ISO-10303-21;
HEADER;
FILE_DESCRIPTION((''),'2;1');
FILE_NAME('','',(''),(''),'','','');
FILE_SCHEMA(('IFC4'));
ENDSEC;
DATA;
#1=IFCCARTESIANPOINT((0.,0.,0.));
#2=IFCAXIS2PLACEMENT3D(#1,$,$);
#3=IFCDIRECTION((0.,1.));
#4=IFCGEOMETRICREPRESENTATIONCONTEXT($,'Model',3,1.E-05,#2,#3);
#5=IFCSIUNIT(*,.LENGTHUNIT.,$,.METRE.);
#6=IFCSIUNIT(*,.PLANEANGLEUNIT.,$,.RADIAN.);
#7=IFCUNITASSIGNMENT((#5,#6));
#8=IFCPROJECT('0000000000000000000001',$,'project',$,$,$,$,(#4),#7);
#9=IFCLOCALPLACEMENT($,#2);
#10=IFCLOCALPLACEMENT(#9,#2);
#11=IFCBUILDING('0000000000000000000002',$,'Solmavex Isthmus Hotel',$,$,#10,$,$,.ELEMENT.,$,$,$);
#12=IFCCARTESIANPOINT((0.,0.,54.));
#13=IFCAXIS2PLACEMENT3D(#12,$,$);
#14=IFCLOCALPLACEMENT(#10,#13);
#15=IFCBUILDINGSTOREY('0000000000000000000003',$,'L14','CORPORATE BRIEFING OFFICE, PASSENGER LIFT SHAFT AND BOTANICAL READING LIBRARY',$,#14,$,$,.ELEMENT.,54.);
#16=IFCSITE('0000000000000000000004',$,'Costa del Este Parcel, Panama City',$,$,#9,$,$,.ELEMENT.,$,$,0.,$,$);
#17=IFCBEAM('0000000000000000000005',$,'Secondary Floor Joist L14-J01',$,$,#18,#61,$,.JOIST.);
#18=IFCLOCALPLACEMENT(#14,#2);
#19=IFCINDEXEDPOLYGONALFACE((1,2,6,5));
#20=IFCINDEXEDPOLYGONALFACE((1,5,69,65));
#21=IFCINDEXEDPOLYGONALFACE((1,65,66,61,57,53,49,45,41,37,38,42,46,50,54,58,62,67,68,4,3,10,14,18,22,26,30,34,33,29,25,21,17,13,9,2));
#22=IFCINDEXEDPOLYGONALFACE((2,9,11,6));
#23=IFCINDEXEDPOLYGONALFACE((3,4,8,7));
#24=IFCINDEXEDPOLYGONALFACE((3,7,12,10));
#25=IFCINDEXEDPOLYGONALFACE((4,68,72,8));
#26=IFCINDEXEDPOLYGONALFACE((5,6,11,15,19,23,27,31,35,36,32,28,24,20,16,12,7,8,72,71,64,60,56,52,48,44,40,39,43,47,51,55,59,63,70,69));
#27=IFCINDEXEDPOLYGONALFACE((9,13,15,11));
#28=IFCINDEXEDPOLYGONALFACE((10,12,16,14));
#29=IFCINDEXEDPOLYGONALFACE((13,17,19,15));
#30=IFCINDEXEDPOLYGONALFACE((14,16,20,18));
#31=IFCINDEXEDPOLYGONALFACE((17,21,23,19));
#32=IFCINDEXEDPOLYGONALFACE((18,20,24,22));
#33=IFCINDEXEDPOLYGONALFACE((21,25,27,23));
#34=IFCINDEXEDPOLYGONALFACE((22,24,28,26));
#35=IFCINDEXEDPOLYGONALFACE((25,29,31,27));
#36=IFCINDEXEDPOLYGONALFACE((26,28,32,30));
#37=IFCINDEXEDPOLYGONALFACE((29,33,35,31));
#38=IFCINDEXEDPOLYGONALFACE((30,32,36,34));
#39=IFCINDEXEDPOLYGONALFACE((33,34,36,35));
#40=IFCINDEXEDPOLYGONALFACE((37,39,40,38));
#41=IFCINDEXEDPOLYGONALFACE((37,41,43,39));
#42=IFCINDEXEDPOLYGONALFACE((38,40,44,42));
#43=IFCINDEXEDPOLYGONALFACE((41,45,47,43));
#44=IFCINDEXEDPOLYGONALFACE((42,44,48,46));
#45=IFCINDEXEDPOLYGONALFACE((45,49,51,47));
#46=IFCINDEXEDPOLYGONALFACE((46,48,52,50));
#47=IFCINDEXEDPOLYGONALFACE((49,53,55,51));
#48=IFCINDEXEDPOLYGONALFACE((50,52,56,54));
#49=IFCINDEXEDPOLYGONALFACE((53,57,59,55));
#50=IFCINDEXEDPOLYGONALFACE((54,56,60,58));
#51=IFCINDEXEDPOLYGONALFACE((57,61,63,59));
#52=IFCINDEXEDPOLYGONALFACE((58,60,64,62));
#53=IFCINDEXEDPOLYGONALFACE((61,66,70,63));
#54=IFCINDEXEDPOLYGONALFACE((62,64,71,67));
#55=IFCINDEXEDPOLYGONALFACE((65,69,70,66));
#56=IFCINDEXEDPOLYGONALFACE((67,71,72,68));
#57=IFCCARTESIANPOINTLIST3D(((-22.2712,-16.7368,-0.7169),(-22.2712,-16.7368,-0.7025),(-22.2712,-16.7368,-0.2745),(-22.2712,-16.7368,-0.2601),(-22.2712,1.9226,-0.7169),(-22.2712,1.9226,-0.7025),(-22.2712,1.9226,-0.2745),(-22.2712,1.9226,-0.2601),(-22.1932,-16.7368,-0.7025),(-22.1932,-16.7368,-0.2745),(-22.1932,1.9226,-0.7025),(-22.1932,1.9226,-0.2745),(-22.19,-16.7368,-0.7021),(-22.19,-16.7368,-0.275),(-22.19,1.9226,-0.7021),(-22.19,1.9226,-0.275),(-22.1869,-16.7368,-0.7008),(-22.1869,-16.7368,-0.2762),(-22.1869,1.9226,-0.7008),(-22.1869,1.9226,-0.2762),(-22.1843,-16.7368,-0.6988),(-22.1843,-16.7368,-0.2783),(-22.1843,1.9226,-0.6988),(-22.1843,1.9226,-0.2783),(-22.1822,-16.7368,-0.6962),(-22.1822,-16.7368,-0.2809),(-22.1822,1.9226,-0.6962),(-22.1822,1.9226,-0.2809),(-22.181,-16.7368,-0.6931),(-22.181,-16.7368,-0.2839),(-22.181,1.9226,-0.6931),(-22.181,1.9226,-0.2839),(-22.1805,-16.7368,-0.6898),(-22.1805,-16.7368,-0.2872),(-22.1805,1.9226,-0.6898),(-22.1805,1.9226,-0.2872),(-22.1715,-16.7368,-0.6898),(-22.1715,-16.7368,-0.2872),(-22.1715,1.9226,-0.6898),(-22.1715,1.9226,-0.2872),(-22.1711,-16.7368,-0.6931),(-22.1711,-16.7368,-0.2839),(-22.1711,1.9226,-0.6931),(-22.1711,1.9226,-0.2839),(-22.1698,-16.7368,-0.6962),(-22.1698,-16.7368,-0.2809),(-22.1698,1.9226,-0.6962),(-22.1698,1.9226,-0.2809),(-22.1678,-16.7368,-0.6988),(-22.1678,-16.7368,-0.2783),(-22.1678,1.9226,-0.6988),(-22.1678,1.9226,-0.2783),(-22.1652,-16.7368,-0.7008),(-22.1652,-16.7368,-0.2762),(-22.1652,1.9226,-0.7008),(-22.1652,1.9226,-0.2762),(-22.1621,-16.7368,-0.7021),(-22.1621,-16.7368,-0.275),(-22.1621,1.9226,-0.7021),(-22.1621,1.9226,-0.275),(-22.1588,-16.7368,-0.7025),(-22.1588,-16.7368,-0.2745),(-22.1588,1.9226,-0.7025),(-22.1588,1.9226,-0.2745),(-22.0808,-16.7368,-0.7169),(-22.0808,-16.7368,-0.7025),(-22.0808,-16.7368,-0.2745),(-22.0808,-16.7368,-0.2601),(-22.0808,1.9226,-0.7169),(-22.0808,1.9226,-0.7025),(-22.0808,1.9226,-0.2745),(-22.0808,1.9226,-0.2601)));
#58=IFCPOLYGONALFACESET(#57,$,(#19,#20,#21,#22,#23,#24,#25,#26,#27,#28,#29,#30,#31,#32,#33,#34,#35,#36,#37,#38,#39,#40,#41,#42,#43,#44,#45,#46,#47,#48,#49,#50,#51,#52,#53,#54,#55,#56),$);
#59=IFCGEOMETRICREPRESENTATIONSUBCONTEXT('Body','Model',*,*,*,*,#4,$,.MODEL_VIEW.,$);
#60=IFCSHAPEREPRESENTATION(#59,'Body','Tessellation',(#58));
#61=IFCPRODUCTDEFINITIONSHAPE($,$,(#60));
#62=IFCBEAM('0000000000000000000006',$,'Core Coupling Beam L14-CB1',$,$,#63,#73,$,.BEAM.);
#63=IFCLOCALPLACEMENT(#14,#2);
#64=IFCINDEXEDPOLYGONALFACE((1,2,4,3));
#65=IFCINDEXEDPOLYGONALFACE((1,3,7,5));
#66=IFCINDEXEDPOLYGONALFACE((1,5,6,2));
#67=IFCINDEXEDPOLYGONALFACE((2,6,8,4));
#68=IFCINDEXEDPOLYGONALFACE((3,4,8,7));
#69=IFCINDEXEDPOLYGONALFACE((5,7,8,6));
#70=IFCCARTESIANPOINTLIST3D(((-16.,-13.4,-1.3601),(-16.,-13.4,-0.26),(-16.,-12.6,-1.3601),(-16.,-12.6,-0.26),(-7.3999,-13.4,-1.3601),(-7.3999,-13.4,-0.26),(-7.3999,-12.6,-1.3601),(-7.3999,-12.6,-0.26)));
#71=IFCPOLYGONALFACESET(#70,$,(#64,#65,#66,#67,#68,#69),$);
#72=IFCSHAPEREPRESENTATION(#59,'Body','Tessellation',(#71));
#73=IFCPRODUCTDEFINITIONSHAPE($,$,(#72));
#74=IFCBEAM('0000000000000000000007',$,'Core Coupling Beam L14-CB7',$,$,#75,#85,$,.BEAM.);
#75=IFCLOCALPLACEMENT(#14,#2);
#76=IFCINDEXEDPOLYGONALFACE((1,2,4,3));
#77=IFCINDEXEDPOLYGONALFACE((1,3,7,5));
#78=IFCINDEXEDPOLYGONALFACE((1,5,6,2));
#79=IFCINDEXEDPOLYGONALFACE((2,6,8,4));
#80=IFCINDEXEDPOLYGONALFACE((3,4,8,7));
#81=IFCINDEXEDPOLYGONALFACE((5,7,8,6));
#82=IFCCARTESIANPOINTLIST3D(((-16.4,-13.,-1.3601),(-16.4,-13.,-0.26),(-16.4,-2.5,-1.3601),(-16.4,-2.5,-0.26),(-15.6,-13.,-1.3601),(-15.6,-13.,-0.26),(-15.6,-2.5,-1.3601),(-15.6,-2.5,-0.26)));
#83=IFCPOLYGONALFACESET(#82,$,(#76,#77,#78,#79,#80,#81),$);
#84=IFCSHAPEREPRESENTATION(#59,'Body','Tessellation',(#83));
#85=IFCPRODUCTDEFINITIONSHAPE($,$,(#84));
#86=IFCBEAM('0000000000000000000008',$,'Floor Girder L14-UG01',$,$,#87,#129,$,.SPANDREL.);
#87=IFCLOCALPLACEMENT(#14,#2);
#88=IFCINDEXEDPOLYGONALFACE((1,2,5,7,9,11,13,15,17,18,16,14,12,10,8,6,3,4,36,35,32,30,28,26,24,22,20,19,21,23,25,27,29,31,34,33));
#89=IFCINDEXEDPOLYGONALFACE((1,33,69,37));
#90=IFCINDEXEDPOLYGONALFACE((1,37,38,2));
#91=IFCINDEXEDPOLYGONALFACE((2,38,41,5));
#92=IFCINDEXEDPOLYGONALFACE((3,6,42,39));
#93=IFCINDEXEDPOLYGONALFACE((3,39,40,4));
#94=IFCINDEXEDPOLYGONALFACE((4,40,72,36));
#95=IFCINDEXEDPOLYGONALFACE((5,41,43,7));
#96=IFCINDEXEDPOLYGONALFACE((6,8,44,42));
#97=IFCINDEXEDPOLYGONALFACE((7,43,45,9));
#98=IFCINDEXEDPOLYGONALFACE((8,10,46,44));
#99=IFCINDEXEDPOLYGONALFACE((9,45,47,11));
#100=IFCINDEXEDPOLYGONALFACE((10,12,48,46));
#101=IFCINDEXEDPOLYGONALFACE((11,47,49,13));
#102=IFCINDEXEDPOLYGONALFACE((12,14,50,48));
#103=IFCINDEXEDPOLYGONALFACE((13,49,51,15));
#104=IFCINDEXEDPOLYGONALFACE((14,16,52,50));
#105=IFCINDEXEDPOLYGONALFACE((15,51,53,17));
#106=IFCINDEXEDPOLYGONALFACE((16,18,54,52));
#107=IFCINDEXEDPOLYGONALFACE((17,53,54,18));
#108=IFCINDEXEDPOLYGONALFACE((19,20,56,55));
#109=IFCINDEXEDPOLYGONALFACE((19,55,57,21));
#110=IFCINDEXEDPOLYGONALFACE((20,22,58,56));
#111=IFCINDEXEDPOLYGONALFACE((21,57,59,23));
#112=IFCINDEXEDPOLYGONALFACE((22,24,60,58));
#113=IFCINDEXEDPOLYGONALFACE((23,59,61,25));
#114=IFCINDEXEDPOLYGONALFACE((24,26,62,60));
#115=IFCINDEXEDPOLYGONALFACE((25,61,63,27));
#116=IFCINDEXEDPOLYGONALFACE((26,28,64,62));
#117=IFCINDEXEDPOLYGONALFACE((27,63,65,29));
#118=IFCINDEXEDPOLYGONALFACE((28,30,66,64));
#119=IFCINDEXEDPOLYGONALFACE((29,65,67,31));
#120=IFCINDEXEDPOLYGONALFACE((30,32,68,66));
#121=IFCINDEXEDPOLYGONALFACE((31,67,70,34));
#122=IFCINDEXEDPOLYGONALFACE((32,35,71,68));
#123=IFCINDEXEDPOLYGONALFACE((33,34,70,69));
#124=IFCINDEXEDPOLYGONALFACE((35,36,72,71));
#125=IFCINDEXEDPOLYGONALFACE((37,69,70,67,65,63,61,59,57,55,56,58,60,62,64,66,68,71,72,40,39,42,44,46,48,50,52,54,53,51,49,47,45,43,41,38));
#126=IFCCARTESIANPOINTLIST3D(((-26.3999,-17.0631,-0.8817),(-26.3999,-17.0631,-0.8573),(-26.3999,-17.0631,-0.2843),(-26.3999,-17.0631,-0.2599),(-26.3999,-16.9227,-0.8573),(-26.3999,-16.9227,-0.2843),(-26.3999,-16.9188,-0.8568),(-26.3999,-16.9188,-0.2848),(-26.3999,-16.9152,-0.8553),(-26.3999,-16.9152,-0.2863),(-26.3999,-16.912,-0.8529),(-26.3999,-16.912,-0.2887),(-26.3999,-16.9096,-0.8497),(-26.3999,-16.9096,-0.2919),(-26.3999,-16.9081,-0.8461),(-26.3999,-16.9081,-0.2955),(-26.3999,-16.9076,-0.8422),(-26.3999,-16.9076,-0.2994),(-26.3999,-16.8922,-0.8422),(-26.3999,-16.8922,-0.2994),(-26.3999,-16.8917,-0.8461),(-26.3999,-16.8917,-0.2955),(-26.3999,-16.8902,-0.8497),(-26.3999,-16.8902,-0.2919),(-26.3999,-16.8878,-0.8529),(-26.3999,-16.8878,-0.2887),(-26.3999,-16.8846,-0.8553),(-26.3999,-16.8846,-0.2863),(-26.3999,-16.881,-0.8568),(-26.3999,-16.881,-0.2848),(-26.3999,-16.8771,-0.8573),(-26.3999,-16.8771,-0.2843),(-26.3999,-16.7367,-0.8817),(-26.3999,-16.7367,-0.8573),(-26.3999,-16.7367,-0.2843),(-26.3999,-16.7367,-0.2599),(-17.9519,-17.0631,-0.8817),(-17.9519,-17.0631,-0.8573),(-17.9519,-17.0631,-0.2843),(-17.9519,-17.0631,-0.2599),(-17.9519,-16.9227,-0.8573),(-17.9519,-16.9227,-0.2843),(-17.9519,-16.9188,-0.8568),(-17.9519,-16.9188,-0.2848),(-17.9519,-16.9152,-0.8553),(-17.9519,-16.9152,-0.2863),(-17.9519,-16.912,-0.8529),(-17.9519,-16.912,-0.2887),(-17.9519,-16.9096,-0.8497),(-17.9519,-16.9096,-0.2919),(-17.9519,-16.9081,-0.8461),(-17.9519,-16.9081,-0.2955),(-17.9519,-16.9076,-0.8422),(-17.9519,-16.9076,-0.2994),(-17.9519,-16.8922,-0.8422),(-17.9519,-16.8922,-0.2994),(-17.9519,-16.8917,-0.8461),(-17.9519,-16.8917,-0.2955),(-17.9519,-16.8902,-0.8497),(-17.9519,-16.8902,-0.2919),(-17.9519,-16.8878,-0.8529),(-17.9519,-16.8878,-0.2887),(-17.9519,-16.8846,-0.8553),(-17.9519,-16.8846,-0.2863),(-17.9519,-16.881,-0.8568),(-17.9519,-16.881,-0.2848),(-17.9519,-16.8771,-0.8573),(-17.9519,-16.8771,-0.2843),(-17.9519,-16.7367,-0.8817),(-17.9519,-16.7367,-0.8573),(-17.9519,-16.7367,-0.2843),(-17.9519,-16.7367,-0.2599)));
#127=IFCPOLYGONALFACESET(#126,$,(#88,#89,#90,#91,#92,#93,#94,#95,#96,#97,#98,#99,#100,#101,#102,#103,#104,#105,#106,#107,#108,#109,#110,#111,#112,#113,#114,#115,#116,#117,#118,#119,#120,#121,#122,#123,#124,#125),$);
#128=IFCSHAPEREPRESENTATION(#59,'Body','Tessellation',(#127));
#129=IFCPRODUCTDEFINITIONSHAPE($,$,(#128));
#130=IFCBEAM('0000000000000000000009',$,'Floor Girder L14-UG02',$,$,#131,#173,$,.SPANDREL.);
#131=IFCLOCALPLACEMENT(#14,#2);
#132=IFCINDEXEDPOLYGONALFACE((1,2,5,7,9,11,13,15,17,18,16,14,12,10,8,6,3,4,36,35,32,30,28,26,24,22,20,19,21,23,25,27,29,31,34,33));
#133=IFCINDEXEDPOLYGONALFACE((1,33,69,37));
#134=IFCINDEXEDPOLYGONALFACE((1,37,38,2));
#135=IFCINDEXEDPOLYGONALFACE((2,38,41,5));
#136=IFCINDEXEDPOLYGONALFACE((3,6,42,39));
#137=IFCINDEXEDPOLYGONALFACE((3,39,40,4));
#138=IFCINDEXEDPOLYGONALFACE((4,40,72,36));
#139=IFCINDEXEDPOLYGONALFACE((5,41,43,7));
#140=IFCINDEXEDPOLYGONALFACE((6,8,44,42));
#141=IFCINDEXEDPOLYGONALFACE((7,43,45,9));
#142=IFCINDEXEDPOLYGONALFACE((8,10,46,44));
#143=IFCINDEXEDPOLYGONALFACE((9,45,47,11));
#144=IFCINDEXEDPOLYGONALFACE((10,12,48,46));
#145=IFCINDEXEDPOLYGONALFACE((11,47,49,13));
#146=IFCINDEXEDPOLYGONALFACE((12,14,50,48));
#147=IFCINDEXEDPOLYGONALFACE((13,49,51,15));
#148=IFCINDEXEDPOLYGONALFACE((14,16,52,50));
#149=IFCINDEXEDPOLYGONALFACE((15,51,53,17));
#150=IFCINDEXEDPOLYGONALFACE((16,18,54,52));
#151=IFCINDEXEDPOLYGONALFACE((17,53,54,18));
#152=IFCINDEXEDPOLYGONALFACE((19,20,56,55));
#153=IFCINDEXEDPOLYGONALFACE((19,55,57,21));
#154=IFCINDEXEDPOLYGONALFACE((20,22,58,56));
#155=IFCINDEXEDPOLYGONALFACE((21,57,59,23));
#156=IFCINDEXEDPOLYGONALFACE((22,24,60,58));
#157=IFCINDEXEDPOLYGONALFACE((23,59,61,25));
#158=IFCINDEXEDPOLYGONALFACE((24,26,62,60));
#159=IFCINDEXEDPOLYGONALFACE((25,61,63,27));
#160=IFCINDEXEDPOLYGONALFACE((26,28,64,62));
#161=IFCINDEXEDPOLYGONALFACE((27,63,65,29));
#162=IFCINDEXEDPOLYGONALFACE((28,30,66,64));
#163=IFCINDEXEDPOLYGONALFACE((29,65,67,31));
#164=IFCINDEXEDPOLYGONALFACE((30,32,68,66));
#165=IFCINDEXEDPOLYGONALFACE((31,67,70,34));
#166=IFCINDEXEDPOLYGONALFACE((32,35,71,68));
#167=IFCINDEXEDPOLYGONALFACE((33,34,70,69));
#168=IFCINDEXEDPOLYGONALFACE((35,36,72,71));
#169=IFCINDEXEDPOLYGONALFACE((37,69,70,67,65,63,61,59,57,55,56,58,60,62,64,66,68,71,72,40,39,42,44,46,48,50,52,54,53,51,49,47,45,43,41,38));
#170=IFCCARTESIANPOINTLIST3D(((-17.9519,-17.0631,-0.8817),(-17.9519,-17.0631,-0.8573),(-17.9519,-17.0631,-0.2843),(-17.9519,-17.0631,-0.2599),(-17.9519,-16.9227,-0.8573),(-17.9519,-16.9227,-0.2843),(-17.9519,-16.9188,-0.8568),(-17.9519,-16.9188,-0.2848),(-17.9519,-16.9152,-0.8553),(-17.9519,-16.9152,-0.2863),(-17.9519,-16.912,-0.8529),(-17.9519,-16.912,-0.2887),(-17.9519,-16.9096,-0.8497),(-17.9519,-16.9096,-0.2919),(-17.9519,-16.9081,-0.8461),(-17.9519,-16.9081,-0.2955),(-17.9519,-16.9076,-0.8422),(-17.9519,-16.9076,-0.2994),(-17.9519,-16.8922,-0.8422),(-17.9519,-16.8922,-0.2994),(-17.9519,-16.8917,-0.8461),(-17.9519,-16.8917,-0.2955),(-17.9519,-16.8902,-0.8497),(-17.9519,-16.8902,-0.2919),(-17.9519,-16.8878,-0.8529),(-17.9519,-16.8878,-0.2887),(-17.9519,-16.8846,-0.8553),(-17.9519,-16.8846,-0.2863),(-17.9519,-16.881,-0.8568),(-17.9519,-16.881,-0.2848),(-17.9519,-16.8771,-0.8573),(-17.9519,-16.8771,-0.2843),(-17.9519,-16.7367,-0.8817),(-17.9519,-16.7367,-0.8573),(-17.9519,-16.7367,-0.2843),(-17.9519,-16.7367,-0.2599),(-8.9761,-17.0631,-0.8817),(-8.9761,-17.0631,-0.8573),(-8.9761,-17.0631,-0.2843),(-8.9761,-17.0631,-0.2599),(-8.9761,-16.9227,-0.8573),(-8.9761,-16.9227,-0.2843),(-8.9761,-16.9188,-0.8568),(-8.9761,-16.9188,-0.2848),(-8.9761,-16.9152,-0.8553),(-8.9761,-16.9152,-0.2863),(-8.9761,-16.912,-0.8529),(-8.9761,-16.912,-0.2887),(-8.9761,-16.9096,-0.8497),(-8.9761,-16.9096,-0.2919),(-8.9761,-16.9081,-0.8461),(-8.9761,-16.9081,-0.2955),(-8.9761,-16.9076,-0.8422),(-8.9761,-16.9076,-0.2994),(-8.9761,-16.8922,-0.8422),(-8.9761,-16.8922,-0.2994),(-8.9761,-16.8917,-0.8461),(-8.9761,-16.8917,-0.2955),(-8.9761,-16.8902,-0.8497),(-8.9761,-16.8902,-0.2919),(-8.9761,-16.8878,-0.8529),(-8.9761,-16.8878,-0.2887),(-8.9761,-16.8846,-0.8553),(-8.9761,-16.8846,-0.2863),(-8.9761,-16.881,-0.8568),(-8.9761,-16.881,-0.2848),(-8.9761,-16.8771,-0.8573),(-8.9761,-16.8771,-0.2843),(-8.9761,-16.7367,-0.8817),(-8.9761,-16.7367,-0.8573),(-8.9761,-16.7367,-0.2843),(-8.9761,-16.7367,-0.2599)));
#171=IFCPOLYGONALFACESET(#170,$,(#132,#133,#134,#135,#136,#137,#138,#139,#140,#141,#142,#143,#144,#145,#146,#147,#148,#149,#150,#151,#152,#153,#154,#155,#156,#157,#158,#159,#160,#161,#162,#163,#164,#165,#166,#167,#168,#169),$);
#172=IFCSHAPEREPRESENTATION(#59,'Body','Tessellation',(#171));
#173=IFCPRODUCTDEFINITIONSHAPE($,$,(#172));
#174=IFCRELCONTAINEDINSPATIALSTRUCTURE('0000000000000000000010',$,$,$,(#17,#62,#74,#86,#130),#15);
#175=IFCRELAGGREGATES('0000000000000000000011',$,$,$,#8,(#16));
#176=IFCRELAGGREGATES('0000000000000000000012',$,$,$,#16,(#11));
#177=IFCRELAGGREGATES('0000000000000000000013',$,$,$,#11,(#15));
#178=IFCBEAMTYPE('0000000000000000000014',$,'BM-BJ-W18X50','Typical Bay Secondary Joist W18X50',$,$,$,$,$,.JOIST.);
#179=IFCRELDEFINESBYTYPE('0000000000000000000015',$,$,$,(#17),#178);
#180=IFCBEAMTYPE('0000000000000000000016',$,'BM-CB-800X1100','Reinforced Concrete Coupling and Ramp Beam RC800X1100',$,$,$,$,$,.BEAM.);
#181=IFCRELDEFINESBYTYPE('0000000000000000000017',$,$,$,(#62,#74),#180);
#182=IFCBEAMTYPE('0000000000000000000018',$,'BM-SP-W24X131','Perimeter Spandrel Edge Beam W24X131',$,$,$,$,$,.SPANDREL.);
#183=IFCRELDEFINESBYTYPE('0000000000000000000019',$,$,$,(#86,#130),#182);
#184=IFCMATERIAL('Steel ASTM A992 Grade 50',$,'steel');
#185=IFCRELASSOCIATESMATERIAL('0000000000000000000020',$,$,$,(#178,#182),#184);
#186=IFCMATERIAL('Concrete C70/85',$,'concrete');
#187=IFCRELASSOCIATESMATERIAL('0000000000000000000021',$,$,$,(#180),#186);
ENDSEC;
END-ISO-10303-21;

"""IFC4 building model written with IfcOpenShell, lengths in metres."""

from ifc_helpers import new_model, si_unit, direction, frame, origin, origin_2d, place, context, subcontext, project, spatial, rectangle, i_section, extrude, material, material_profile, profile_set, type_object, element, save


model = new_model("IFC4")

# Units and contexts
model_context = context("Model", 3, precision=1e-05, world=origin(), true_north=direction((0.0, 1.0)))
body_context = subcontext(model_context, "Body", "Model", "MODEL_VIEW")
ifc_project = project(units=[si_unit("LENGTHUNIT", "METRE"), si_unit("PLANEANGLEUNIT", "RADIAN")], contexts=[model_context])

# Site, building, storey
site_placement = place(None, origin())
site = spatial("IfcSite", under=ifc_project, at=site_placement, Name="Costa del Este Parcel, Panama City", CompositionType="ELEMENT", RefElevation=0.0)
building_placement = place(site_placement, origin())
building = spatial("IfcBuilding", under=site, at=building_placement, Name="Solmavex Isthmus Hotel", CompositionType="ELEMENT")
storey_placement = place(building_placement, frame((0.0, 0.0, 54.0)))
storey = spatial("IfcBuildingStorey", under=building, at=storey_placement, Name="L14", Description="CORPORATE BRIEFING OFFICE, PASSENGER LIFT SHAFT AND BOTANICAL READING LIBRARY", CompositionType="ELEMENT", Elevation=54.0)

# Shared definitions
ifc_material_1 = material(Name="Concrete C70/85", Category="concrete")

# Beams
ifc_material_2 = material(Name="Steel ASTM A992 Grade 50", Category="steel")
ifc_material_profile_1 = material_profile(ifc_material_2, i_section(OverallWidth=0.1904, OverallDepth=0.4568, WebThickness=0.009, FlangeThickness=0.0144, FilletRadius=0.0127, at=origin_2d()), Name="W18X50")
ifc_profile_set_1 = profile_set([ifc_material_profile_1], Name="Steel ASTM A992 Grade 50")
beam_type_1 = type_object("IfcBeamType", Name="BM-BJ-W18X50", Description="Typical Bay Secondary Joist W18X50", PredefinedType="JOIST", material=ifc_profile_set_1)
beam_1_placement = place(storey_placement, frame((-22.176, -16.7368, -0.4885), z_axis=(0.0, 1.0, 0.0), x_axis=(-1.0, 0.0, 0.0)))
element("IfcBeam", 1, at=beam_1_placement, inside=storey, type_object=beam_type_1, Name="Secondary Floor Joist L14-J01", PredefinedType="JOIST", context=body_context, shape_type="SweptSolid", body=[
    extrude(i_section(OverallWidth=0.1904, OverallDepth=0.4568, WebThickness=0.009, FlangeThickness=0.0144, FilletRadius=0.0127, at=origin_2d()), origin(), (0.0, 0.0, 1.0), 18.6594),
])
ifc_material_profile_2 = material_profile(ifc_material_1, rectangle(XDim=0.8, YDim=1.1001, at=origin_2d()), Name="RC800X1100")
ifc_profile_set_2 = profile_set([ifc_material_profile_2], Name="Concrete C70/85")
beam_type_2 = type_object("IfcBeamType", Name="BM-CB-800X1100", Description="Reinforced Concrete Coupling and Ramp Beam RC800X1100", PredefinedType="BEAM", material=ifc_profile_set_2)
beam_2_placement = place(storey_placement, frame((-16.0, -13.0, -0.8101), z_axis=(1.0, 0.0, 0.0), x_axis=(0.0, 1.0, 0.0)))
element("IfcBeam", 2, at=beam_2_placement, inside=storey, type_object=beam_type_2, Name="Core Coupling Beam L14-CB1", PredefinedType="BEAM", context=body_context, shape_type="SweptSolid", body=[
    extrude(rectangle(XDim=0.8, YDim=1.1001, at=origin_2d()), origin(), (0.0, 0.0, 1.0), 8.6001),
])
beam_3_placement = place(storey_placement, frame((-16.0, -13.0, -0.8101), z_axis=(0.0, 1.0, 0.0), x_axis=(-1.0, 0.0, 0.0)))
element("IfcBeam", 3, at=beam_3_placement, inside=storey, type_object=beam_type_2, Name="Core Coupling Beam L14-CB7", PredefinedType="BEAM", context=body_context, shape_type="SweptSolid", body=[
    extrude(rectangle(XDim=0.8, YDim=1.1001, at=origin_2d()), origin(), (0.0, 0.0, 1.0), 10.5),
])
ifc_material_profile_3 = material_profile(ifc_material_2, i_section(OverallWidth=0.3264, OverallDepth=0.6218, WebThickness=0.0154, FlangeThickness=0.0244, FilletRadius=0.0151, at=origin_2d()), Name="W24X131")
ifc_profile_set_3 = profile_set([ifc_material_profile_3], Name="Steel ASTM A992 Grade 50")
beam_type_3 = type_object("IfcBeamType", Name="BM-SP-W24X131", Description="Perimeter Spandrel Edge Beam W24X131", PredefinedType="SPANDREL", material=ifc_profile_set_3)
beam_4_placement = place(storey_placement, frame((-26.3999, -16.8999, -0.5708), z_axis=(1.0, 0.0, 0.0), x_axis=(0.0, 1.0, 0.0)))
element("IfcBeam", 4, at=beam_4_placement, inside=storey, type_object=beam_type_3, Name="Floor Girder L14-UG01", PredefinedType="SPANDREL", context=body_context, shape_type="SweptSolid", body=[
    extrude(i_section(OverallWidth=0.3264, OverallDepth=0.6218, WebThickness=0.0154, FlangeThickness=0.0244, FilletRadius=0.0151, at=origin_2d()), origin(), (0.0, 0.0, 1.0), 8.448),
])
beam_5_placement = place(storey_placement, frame((-17.9519, -16.8999, -0.5708), z_axis=(1.0, 0.0, 0.0), x_axis=(0.0, 1.0, 0.0)))
element("IfcBeam", 5, at=beam_5_placement, inside=storey, type_object=beam_type_3, Name="Floor Girder L14-UG02", PredefinedType="SPANDREL", context=body_context, shape_type="SweptSolid", body=[
    extrude(i_section(OverallWidth=0.3264, OverallDepth=0.6218, WebThickness=0.0154, FlangeThickness=0.0244, FilletRadius=0.0151, at=origin_2d()), origin(), (0.0, 0.0, 1.0), 8.9758),
])

save(model, "model.ifc")
